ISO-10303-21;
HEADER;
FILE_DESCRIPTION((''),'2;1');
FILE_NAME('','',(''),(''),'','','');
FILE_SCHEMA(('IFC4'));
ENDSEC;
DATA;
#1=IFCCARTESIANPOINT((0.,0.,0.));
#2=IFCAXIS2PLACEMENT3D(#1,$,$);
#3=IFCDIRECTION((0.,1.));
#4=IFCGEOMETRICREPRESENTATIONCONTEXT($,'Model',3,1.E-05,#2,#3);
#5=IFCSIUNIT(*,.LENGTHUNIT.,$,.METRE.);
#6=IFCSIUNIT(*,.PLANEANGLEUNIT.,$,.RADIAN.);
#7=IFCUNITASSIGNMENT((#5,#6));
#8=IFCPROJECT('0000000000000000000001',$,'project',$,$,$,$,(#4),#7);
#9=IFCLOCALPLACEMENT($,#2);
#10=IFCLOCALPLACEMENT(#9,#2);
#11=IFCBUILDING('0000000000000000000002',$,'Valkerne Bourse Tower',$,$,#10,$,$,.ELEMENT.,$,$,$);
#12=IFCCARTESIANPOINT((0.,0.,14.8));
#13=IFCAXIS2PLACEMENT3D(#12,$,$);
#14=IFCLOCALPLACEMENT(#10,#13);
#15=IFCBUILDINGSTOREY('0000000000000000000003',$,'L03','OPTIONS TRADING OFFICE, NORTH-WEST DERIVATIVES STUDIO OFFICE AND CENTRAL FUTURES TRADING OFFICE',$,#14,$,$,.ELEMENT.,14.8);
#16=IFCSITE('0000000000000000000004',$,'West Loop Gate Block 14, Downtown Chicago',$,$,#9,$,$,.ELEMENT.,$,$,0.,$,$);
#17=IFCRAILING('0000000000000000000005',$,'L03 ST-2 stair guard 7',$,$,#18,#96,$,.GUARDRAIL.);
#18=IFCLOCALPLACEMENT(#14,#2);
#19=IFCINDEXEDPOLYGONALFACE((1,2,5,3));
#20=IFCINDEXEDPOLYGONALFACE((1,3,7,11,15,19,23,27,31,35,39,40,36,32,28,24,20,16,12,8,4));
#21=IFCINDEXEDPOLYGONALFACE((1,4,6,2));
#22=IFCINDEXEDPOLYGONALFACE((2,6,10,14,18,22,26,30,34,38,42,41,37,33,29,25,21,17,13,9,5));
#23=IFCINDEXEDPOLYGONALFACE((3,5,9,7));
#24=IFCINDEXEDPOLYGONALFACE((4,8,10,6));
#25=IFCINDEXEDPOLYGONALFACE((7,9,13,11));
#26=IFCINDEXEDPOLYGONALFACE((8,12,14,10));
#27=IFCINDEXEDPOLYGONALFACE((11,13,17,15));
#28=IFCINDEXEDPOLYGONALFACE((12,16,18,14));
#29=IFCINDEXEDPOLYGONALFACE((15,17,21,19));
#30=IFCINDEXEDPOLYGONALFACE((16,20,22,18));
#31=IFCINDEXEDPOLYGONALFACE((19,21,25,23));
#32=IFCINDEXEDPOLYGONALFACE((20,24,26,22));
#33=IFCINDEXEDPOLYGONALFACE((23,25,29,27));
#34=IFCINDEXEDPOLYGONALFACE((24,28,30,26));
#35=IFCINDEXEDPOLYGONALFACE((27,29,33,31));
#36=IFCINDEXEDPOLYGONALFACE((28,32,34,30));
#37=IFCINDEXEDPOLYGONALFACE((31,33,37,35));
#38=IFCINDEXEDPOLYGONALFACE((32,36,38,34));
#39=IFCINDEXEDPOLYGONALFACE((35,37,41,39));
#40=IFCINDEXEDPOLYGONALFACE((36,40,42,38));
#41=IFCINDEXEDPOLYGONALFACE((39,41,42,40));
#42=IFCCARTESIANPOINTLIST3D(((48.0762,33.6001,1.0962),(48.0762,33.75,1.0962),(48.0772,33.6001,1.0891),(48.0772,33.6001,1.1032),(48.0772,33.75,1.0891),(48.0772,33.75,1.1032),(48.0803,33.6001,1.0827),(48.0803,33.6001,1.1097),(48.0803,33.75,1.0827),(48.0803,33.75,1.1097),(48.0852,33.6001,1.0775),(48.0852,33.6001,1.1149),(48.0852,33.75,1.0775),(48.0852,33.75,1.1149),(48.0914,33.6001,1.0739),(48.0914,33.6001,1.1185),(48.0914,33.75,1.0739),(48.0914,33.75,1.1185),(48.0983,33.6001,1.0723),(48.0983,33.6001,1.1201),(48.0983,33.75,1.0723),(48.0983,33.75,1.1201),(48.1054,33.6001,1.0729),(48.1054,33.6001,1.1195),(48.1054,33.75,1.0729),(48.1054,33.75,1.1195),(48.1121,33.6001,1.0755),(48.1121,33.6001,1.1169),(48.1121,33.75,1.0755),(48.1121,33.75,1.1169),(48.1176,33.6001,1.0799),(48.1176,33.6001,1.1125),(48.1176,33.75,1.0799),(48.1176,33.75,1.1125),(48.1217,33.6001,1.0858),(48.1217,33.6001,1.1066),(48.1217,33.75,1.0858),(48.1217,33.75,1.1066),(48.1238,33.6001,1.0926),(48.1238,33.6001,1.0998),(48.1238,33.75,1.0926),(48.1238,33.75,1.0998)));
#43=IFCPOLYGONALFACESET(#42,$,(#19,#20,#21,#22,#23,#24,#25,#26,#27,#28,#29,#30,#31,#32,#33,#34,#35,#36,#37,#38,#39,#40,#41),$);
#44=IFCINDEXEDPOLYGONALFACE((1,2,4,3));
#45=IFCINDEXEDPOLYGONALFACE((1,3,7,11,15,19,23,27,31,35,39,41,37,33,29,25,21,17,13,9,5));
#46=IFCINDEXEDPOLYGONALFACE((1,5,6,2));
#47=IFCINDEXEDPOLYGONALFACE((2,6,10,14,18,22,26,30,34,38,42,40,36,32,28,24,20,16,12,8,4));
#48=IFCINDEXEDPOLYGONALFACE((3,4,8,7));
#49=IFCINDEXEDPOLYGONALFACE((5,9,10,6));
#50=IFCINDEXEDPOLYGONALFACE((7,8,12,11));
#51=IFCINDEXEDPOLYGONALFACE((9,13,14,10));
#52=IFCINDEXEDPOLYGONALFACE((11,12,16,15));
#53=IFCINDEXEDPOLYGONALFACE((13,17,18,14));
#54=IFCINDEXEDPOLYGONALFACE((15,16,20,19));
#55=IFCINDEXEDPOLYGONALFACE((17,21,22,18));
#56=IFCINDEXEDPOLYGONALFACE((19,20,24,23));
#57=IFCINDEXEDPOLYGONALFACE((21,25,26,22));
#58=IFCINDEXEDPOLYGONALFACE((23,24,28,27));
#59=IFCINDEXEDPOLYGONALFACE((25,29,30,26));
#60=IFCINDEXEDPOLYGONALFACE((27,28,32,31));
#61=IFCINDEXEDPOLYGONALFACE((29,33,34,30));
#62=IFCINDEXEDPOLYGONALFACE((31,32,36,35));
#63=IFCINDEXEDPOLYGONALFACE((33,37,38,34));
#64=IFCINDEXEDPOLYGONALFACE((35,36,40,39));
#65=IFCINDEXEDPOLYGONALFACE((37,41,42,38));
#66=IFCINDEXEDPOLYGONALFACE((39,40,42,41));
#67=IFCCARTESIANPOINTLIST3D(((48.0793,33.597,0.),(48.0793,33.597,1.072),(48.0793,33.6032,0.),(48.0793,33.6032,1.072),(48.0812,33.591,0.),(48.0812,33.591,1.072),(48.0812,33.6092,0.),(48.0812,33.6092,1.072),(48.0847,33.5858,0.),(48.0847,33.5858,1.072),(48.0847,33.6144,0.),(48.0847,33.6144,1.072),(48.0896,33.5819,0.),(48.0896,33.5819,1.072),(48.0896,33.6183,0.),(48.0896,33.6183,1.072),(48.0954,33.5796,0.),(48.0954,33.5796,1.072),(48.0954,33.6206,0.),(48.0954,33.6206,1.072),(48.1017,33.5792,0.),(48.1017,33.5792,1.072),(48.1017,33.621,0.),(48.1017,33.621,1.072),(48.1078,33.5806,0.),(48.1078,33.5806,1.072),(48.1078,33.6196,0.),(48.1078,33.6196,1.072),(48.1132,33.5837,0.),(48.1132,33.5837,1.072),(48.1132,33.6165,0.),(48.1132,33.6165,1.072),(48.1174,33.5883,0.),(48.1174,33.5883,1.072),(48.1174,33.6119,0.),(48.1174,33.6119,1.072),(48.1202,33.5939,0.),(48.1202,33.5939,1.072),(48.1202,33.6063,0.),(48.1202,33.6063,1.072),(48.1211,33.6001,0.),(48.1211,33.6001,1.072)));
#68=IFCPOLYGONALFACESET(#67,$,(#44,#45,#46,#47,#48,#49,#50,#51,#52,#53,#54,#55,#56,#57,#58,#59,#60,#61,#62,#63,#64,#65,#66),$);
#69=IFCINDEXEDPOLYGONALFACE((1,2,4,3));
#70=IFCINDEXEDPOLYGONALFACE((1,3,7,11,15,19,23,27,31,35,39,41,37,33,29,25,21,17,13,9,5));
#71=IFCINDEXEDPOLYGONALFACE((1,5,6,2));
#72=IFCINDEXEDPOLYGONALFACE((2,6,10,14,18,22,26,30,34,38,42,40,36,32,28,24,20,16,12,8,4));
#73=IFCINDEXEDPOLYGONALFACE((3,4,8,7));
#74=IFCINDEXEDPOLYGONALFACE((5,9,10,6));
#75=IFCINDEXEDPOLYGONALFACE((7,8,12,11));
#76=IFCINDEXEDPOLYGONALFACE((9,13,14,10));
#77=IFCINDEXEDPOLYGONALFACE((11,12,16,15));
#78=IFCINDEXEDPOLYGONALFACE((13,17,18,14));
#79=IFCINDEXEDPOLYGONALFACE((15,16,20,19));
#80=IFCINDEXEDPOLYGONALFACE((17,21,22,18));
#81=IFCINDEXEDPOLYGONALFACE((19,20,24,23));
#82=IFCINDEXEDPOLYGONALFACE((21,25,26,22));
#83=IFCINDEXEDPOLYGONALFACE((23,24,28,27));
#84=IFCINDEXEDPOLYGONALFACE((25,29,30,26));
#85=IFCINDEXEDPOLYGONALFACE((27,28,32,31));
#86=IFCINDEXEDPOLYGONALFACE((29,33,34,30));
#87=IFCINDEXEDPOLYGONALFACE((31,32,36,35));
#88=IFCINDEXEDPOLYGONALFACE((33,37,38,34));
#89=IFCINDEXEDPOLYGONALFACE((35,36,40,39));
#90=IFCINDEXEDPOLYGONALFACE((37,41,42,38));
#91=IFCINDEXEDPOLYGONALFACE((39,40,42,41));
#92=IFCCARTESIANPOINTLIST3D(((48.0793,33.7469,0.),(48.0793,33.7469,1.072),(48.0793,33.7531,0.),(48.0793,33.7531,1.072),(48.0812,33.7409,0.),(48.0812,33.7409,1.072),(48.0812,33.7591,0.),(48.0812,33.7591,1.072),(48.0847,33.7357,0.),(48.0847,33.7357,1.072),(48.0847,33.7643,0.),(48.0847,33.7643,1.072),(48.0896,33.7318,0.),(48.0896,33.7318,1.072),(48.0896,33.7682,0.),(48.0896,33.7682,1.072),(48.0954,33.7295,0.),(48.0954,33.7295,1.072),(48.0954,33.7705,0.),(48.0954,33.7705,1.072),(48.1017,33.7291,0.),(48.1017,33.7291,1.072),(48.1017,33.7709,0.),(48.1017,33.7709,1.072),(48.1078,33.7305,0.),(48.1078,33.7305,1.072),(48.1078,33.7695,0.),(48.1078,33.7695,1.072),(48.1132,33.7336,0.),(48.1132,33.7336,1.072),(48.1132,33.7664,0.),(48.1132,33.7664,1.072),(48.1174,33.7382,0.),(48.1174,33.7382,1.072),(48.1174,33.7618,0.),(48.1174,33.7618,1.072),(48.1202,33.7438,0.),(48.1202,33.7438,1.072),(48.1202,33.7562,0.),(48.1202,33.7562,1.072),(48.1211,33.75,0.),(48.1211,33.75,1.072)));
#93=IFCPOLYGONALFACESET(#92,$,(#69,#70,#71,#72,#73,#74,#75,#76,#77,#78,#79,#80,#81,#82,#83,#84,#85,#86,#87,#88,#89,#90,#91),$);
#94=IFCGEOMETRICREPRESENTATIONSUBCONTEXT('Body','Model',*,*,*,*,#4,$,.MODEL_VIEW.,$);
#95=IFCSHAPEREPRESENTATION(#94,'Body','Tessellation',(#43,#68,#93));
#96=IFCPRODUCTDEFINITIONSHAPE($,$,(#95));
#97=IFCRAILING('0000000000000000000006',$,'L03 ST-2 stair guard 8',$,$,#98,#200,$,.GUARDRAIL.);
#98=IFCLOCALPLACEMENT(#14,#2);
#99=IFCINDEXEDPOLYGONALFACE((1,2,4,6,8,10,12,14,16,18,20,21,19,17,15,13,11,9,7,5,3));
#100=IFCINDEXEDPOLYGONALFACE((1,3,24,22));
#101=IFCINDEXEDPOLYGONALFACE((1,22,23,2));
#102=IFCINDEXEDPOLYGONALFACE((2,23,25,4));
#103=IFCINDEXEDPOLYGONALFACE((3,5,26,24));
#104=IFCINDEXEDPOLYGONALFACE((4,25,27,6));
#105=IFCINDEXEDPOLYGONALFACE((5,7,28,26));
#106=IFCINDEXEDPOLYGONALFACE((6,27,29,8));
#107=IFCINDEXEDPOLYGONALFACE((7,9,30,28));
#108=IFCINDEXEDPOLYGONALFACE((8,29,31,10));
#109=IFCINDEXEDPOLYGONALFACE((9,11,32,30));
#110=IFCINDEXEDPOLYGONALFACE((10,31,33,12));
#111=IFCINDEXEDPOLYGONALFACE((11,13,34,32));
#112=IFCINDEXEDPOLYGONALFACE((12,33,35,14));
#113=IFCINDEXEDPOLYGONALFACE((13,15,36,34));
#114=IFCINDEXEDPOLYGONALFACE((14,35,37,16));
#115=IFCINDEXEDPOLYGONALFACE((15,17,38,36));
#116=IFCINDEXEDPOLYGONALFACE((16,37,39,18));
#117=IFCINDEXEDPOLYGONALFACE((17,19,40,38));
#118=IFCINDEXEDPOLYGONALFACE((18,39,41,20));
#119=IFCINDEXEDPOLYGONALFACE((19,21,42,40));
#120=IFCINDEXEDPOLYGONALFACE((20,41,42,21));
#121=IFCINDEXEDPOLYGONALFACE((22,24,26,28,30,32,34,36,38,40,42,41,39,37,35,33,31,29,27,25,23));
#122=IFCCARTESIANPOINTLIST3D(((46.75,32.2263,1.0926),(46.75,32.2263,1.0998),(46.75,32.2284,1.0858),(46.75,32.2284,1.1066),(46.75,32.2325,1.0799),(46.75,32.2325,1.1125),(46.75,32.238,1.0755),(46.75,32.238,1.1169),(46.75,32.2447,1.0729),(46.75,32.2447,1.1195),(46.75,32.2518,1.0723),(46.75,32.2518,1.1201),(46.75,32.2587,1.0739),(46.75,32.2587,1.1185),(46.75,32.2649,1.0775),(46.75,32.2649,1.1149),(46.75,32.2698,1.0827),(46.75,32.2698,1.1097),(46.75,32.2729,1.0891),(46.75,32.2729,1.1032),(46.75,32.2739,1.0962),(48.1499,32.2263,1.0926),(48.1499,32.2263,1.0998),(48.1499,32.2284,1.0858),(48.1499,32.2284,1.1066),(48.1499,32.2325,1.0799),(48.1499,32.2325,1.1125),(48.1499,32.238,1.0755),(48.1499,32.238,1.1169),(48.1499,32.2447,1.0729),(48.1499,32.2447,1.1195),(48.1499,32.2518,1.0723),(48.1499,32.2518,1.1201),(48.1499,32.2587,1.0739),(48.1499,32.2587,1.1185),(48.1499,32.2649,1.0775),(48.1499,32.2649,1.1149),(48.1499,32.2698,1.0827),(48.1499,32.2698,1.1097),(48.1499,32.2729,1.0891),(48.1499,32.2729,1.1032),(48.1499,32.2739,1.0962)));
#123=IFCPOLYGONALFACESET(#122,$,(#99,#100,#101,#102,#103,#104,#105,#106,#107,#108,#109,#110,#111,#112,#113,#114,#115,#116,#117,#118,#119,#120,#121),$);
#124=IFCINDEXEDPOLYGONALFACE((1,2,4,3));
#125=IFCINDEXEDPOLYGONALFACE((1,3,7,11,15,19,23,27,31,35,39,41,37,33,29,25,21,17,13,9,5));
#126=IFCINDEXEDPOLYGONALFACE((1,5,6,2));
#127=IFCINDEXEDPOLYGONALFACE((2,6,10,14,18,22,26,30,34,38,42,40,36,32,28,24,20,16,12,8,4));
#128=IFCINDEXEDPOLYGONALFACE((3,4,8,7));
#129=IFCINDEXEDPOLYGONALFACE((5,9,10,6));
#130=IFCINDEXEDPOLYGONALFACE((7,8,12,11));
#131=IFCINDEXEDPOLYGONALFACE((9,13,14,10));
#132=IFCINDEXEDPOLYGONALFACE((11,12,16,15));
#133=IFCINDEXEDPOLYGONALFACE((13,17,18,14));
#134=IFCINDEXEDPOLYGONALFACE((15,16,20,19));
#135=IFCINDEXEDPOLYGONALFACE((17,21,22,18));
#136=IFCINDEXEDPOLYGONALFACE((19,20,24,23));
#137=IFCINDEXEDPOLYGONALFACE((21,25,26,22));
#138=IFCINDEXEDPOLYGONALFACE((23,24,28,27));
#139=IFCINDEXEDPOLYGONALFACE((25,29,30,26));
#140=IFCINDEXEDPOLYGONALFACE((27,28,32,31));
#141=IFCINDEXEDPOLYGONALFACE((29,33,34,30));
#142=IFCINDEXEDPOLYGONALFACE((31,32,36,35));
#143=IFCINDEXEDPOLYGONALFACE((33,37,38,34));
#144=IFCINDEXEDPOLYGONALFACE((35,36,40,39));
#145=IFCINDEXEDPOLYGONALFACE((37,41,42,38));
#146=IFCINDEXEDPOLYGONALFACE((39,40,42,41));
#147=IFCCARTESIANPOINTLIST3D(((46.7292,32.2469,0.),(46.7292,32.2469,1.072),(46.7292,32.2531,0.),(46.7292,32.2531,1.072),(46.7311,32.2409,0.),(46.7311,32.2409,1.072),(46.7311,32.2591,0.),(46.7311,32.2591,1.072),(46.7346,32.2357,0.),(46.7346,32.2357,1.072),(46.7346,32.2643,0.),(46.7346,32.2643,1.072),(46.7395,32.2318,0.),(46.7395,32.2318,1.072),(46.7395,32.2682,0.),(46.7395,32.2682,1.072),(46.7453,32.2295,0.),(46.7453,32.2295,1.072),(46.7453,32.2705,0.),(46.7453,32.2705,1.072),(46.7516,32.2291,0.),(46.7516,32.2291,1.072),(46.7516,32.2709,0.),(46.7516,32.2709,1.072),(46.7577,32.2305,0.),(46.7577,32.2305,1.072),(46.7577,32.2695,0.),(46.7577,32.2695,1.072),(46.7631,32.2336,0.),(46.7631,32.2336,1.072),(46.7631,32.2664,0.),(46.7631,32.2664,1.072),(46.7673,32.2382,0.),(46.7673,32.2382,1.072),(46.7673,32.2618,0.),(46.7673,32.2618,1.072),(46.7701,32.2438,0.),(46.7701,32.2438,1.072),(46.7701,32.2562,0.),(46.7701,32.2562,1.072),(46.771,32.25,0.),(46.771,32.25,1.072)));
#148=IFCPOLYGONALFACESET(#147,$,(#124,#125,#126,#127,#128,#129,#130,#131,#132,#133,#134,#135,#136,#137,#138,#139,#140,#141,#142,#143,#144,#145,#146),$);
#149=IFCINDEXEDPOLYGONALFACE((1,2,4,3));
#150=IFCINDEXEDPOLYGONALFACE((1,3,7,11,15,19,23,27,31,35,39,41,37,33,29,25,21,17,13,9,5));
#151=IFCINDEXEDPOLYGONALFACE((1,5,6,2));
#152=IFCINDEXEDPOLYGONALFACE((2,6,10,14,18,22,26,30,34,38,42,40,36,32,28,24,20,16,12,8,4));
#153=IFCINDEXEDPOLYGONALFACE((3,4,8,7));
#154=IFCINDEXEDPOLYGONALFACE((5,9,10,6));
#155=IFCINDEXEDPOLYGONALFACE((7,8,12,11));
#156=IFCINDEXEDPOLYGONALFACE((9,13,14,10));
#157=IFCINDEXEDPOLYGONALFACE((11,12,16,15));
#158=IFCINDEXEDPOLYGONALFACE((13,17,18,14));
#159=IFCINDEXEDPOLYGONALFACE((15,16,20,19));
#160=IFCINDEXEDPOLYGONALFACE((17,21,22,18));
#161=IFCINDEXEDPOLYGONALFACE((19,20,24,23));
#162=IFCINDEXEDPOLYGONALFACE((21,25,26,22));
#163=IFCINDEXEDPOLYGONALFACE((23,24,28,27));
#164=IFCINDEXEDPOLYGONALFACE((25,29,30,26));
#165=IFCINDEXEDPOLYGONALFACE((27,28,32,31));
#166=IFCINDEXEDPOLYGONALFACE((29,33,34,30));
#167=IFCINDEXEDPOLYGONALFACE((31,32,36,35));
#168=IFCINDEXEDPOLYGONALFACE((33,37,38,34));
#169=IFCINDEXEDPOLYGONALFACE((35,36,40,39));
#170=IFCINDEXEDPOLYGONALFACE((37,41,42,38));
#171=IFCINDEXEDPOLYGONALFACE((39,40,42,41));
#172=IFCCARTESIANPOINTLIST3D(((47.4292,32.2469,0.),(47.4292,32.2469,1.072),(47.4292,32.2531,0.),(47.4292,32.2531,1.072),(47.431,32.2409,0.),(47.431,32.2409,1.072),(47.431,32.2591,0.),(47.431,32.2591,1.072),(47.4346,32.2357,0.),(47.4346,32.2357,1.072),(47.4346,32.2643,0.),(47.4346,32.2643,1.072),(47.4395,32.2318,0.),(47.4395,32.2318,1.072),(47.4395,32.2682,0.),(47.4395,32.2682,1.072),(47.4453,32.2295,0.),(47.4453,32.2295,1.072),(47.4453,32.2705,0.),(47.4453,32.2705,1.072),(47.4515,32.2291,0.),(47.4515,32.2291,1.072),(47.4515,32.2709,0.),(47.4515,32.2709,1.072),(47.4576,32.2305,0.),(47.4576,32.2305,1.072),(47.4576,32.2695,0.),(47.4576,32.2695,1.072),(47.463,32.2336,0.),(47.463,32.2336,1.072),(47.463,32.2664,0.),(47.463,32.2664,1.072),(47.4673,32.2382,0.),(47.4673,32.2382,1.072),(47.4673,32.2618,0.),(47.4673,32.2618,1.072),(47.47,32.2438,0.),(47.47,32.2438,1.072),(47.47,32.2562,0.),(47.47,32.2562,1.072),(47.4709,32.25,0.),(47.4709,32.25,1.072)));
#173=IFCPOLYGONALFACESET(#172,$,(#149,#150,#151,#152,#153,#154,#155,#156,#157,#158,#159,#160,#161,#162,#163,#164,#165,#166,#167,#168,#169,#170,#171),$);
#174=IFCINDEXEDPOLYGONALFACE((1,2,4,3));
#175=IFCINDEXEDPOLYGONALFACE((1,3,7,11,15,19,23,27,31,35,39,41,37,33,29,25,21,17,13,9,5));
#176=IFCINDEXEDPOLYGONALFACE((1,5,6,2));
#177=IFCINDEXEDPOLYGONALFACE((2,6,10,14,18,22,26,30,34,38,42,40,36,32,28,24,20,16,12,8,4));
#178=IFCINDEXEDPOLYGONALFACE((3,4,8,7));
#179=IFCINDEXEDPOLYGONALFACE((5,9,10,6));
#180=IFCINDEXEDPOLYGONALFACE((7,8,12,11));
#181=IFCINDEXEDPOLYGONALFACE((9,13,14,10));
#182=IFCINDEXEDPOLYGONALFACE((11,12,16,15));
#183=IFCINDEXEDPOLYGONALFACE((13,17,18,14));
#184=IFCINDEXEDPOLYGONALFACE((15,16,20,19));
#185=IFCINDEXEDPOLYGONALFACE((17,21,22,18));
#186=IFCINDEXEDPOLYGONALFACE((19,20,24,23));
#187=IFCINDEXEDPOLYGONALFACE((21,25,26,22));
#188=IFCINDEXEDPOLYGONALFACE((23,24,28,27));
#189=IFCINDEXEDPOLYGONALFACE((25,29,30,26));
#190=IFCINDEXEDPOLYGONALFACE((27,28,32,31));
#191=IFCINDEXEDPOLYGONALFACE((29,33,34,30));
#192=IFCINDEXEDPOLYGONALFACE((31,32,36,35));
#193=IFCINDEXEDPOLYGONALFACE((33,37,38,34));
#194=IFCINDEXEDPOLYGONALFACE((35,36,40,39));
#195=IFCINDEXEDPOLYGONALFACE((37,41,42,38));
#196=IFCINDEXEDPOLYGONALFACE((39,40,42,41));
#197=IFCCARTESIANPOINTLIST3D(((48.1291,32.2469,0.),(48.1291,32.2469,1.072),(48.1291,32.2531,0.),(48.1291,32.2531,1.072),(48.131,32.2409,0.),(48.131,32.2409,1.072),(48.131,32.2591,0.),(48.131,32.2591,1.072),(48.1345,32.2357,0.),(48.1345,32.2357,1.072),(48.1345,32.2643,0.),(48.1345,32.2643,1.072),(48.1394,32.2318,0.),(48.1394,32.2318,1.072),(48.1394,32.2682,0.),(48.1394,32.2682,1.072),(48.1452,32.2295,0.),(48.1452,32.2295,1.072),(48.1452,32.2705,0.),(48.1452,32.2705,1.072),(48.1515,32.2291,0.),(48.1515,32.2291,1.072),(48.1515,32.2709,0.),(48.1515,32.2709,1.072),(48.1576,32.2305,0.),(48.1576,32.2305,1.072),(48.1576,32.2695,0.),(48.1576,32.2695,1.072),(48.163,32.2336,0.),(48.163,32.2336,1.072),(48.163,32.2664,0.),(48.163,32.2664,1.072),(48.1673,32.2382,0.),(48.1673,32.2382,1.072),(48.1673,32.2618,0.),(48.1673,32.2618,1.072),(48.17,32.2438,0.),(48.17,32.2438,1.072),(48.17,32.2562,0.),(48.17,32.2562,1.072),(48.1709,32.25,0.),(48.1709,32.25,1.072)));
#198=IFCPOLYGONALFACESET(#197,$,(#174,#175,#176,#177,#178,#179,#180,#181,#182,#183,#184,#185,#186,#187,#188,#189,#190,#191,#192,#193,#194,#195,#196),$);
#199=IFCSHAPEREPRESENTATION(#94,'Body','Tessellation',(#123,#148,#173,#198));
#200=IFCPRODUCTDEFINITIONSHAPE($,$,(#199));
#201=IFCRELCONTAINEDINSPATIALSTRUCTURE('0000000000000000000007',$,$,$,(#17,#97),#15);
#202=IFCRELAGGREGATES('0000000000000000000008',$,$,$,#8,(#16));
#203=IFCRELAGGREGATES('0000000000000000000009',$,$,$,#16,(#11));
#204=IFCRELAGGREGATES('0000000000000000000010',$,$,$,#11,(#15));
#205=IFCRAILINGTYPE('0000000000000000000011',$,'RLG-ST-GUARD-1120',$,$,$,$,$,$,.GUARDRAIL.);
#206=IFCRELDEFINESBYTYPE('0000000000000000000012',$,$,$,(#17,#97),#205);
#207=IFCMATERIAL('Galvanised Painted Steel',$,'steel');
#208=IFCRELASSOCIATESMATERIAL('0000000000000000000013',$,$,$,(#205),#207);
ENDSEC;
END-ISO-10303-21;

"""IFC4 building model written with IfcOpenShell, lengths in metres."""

from ifc_helpers import new_model, si_unit, direction, frame, origin, origin_2d, place, context, subcontext, project, spatial, circle, extrude, material, type_object, element, save


model = new_model("IFC4")

# Units and contexts
model_context = context("Model", 3, precision=1e-05, world=origin(), true_north=direction((0.0, 1.0)))
body_context = subcontext(model_context, "Body", "Model", "MODEL_VIEW")
ifc_project = project(units=[si_unit("LENGTHUNIT", "METRE"), si_unit("PLANEANGLEUNIT", "RADIAN")], contexts=[model_context])

# Site, building, storey
site_placement = place(None, origin())
site = spatial("IfcSite", under=ifc_project, at=site_placement, Name="West Loop Gate Block 14, Downtown Chicago", CompositionType="ELEMENT", RefElevation=0.0)
building_placement = place(site_placement, origin())
building = spatial("IfcBuilding", under=site, at=building_placement, Name="Valkerne Bourse Tower", CompositionType="ELEMENT")
storey_placement = place(building_placement, frame((0.0, 0.0, 14.8)))
storey = spatial("IfcBuildingStorey", under=building, at=storey_placement, Name="L03", Description="OPTIONS TRADING OFFICE, NORTH-WEST DERIVATIVES STUDIO OFFICE AND CENTRAL FUTURES TRADING OFFICE", CompositionType="ELEMENT", Elevation=14.8)

# Shared definitions
ifc_material_1 = material(Name="Galvanised Painted Steel", Category="steel")

# Railings
railing_type_1 = type_object("IfcRailingType", Name="RLG-ST-GUARD-1120", PredefinedType="GUARDRAIL", material=ifc_material_1)
railing_1_placement = place(storey_placement, frame((48.1001, 33.6001, 0.0)))
element("IfcRailing", 1, at=railing_1_placement, inside=storey, type_object=railing_type_1, Name="L03 ST-2 stair guard 7", PredefinedType="GUARDRAIL", context=body_context, shape_type="SweptSolid", body=[
    extrude(circle(Radius=0.0239, at=origin_2d()), frame((0.0, 0.0, 1.0962), z_axis=(0.0, 1.0, 0.0), x_axis=(-1.0, 0.0, 0.0)), (0.0, 0.0, 1.0), 0.1499),
    extrude(circle(Radius=0.021, at=origin_2d()), origin(), (0.0, 0.0, 1.0), 1.072),
    extrude(circle(Radius=0.021, at=origin_2d()), frame((0.0, 0.1499, 0.0)), (0.0, 0.0, 1.0), 1.072),
])
railing_2_placement = place(storey_placement, frame((46.75, 32.25, 0.0)))
element("IfcRailing", 2, at=railing_2_placement, inside=storey, type_object=railing_type_1, Name="L03 ST-2 stair guard 8", PredefinedType="GUARDRAIL", context=body_context, shape_type="SweptSolid", body=[
    extrude(circle(Radius=0.0239, at=origin_2d()), frame((0.0, 0.0, 1.0962), z_axis=(1.0, 0.0, 0.0), x_axis=(0.0, 1.0, 0.0)), (0.0, 0.0, 1.0), 1.3999),
    extrude(circle(Radius=0.021, at=origin_2d()), origin(), (0.0, 0.0, 1.0), 1.072),
    extrude(circle(Radius=0.021, at=origin_2d()), frame((0.7, 0.0, 0.0)), (0.0, 0.0, 1.0), 1.072),
    extrude(circle(Radius=0.021, at=origin_2d()), frame((1.3999, 0.0, 0.0)), (0.0, 0.0, 1.0), 1.072),
])

save(model, "model.ifc")
